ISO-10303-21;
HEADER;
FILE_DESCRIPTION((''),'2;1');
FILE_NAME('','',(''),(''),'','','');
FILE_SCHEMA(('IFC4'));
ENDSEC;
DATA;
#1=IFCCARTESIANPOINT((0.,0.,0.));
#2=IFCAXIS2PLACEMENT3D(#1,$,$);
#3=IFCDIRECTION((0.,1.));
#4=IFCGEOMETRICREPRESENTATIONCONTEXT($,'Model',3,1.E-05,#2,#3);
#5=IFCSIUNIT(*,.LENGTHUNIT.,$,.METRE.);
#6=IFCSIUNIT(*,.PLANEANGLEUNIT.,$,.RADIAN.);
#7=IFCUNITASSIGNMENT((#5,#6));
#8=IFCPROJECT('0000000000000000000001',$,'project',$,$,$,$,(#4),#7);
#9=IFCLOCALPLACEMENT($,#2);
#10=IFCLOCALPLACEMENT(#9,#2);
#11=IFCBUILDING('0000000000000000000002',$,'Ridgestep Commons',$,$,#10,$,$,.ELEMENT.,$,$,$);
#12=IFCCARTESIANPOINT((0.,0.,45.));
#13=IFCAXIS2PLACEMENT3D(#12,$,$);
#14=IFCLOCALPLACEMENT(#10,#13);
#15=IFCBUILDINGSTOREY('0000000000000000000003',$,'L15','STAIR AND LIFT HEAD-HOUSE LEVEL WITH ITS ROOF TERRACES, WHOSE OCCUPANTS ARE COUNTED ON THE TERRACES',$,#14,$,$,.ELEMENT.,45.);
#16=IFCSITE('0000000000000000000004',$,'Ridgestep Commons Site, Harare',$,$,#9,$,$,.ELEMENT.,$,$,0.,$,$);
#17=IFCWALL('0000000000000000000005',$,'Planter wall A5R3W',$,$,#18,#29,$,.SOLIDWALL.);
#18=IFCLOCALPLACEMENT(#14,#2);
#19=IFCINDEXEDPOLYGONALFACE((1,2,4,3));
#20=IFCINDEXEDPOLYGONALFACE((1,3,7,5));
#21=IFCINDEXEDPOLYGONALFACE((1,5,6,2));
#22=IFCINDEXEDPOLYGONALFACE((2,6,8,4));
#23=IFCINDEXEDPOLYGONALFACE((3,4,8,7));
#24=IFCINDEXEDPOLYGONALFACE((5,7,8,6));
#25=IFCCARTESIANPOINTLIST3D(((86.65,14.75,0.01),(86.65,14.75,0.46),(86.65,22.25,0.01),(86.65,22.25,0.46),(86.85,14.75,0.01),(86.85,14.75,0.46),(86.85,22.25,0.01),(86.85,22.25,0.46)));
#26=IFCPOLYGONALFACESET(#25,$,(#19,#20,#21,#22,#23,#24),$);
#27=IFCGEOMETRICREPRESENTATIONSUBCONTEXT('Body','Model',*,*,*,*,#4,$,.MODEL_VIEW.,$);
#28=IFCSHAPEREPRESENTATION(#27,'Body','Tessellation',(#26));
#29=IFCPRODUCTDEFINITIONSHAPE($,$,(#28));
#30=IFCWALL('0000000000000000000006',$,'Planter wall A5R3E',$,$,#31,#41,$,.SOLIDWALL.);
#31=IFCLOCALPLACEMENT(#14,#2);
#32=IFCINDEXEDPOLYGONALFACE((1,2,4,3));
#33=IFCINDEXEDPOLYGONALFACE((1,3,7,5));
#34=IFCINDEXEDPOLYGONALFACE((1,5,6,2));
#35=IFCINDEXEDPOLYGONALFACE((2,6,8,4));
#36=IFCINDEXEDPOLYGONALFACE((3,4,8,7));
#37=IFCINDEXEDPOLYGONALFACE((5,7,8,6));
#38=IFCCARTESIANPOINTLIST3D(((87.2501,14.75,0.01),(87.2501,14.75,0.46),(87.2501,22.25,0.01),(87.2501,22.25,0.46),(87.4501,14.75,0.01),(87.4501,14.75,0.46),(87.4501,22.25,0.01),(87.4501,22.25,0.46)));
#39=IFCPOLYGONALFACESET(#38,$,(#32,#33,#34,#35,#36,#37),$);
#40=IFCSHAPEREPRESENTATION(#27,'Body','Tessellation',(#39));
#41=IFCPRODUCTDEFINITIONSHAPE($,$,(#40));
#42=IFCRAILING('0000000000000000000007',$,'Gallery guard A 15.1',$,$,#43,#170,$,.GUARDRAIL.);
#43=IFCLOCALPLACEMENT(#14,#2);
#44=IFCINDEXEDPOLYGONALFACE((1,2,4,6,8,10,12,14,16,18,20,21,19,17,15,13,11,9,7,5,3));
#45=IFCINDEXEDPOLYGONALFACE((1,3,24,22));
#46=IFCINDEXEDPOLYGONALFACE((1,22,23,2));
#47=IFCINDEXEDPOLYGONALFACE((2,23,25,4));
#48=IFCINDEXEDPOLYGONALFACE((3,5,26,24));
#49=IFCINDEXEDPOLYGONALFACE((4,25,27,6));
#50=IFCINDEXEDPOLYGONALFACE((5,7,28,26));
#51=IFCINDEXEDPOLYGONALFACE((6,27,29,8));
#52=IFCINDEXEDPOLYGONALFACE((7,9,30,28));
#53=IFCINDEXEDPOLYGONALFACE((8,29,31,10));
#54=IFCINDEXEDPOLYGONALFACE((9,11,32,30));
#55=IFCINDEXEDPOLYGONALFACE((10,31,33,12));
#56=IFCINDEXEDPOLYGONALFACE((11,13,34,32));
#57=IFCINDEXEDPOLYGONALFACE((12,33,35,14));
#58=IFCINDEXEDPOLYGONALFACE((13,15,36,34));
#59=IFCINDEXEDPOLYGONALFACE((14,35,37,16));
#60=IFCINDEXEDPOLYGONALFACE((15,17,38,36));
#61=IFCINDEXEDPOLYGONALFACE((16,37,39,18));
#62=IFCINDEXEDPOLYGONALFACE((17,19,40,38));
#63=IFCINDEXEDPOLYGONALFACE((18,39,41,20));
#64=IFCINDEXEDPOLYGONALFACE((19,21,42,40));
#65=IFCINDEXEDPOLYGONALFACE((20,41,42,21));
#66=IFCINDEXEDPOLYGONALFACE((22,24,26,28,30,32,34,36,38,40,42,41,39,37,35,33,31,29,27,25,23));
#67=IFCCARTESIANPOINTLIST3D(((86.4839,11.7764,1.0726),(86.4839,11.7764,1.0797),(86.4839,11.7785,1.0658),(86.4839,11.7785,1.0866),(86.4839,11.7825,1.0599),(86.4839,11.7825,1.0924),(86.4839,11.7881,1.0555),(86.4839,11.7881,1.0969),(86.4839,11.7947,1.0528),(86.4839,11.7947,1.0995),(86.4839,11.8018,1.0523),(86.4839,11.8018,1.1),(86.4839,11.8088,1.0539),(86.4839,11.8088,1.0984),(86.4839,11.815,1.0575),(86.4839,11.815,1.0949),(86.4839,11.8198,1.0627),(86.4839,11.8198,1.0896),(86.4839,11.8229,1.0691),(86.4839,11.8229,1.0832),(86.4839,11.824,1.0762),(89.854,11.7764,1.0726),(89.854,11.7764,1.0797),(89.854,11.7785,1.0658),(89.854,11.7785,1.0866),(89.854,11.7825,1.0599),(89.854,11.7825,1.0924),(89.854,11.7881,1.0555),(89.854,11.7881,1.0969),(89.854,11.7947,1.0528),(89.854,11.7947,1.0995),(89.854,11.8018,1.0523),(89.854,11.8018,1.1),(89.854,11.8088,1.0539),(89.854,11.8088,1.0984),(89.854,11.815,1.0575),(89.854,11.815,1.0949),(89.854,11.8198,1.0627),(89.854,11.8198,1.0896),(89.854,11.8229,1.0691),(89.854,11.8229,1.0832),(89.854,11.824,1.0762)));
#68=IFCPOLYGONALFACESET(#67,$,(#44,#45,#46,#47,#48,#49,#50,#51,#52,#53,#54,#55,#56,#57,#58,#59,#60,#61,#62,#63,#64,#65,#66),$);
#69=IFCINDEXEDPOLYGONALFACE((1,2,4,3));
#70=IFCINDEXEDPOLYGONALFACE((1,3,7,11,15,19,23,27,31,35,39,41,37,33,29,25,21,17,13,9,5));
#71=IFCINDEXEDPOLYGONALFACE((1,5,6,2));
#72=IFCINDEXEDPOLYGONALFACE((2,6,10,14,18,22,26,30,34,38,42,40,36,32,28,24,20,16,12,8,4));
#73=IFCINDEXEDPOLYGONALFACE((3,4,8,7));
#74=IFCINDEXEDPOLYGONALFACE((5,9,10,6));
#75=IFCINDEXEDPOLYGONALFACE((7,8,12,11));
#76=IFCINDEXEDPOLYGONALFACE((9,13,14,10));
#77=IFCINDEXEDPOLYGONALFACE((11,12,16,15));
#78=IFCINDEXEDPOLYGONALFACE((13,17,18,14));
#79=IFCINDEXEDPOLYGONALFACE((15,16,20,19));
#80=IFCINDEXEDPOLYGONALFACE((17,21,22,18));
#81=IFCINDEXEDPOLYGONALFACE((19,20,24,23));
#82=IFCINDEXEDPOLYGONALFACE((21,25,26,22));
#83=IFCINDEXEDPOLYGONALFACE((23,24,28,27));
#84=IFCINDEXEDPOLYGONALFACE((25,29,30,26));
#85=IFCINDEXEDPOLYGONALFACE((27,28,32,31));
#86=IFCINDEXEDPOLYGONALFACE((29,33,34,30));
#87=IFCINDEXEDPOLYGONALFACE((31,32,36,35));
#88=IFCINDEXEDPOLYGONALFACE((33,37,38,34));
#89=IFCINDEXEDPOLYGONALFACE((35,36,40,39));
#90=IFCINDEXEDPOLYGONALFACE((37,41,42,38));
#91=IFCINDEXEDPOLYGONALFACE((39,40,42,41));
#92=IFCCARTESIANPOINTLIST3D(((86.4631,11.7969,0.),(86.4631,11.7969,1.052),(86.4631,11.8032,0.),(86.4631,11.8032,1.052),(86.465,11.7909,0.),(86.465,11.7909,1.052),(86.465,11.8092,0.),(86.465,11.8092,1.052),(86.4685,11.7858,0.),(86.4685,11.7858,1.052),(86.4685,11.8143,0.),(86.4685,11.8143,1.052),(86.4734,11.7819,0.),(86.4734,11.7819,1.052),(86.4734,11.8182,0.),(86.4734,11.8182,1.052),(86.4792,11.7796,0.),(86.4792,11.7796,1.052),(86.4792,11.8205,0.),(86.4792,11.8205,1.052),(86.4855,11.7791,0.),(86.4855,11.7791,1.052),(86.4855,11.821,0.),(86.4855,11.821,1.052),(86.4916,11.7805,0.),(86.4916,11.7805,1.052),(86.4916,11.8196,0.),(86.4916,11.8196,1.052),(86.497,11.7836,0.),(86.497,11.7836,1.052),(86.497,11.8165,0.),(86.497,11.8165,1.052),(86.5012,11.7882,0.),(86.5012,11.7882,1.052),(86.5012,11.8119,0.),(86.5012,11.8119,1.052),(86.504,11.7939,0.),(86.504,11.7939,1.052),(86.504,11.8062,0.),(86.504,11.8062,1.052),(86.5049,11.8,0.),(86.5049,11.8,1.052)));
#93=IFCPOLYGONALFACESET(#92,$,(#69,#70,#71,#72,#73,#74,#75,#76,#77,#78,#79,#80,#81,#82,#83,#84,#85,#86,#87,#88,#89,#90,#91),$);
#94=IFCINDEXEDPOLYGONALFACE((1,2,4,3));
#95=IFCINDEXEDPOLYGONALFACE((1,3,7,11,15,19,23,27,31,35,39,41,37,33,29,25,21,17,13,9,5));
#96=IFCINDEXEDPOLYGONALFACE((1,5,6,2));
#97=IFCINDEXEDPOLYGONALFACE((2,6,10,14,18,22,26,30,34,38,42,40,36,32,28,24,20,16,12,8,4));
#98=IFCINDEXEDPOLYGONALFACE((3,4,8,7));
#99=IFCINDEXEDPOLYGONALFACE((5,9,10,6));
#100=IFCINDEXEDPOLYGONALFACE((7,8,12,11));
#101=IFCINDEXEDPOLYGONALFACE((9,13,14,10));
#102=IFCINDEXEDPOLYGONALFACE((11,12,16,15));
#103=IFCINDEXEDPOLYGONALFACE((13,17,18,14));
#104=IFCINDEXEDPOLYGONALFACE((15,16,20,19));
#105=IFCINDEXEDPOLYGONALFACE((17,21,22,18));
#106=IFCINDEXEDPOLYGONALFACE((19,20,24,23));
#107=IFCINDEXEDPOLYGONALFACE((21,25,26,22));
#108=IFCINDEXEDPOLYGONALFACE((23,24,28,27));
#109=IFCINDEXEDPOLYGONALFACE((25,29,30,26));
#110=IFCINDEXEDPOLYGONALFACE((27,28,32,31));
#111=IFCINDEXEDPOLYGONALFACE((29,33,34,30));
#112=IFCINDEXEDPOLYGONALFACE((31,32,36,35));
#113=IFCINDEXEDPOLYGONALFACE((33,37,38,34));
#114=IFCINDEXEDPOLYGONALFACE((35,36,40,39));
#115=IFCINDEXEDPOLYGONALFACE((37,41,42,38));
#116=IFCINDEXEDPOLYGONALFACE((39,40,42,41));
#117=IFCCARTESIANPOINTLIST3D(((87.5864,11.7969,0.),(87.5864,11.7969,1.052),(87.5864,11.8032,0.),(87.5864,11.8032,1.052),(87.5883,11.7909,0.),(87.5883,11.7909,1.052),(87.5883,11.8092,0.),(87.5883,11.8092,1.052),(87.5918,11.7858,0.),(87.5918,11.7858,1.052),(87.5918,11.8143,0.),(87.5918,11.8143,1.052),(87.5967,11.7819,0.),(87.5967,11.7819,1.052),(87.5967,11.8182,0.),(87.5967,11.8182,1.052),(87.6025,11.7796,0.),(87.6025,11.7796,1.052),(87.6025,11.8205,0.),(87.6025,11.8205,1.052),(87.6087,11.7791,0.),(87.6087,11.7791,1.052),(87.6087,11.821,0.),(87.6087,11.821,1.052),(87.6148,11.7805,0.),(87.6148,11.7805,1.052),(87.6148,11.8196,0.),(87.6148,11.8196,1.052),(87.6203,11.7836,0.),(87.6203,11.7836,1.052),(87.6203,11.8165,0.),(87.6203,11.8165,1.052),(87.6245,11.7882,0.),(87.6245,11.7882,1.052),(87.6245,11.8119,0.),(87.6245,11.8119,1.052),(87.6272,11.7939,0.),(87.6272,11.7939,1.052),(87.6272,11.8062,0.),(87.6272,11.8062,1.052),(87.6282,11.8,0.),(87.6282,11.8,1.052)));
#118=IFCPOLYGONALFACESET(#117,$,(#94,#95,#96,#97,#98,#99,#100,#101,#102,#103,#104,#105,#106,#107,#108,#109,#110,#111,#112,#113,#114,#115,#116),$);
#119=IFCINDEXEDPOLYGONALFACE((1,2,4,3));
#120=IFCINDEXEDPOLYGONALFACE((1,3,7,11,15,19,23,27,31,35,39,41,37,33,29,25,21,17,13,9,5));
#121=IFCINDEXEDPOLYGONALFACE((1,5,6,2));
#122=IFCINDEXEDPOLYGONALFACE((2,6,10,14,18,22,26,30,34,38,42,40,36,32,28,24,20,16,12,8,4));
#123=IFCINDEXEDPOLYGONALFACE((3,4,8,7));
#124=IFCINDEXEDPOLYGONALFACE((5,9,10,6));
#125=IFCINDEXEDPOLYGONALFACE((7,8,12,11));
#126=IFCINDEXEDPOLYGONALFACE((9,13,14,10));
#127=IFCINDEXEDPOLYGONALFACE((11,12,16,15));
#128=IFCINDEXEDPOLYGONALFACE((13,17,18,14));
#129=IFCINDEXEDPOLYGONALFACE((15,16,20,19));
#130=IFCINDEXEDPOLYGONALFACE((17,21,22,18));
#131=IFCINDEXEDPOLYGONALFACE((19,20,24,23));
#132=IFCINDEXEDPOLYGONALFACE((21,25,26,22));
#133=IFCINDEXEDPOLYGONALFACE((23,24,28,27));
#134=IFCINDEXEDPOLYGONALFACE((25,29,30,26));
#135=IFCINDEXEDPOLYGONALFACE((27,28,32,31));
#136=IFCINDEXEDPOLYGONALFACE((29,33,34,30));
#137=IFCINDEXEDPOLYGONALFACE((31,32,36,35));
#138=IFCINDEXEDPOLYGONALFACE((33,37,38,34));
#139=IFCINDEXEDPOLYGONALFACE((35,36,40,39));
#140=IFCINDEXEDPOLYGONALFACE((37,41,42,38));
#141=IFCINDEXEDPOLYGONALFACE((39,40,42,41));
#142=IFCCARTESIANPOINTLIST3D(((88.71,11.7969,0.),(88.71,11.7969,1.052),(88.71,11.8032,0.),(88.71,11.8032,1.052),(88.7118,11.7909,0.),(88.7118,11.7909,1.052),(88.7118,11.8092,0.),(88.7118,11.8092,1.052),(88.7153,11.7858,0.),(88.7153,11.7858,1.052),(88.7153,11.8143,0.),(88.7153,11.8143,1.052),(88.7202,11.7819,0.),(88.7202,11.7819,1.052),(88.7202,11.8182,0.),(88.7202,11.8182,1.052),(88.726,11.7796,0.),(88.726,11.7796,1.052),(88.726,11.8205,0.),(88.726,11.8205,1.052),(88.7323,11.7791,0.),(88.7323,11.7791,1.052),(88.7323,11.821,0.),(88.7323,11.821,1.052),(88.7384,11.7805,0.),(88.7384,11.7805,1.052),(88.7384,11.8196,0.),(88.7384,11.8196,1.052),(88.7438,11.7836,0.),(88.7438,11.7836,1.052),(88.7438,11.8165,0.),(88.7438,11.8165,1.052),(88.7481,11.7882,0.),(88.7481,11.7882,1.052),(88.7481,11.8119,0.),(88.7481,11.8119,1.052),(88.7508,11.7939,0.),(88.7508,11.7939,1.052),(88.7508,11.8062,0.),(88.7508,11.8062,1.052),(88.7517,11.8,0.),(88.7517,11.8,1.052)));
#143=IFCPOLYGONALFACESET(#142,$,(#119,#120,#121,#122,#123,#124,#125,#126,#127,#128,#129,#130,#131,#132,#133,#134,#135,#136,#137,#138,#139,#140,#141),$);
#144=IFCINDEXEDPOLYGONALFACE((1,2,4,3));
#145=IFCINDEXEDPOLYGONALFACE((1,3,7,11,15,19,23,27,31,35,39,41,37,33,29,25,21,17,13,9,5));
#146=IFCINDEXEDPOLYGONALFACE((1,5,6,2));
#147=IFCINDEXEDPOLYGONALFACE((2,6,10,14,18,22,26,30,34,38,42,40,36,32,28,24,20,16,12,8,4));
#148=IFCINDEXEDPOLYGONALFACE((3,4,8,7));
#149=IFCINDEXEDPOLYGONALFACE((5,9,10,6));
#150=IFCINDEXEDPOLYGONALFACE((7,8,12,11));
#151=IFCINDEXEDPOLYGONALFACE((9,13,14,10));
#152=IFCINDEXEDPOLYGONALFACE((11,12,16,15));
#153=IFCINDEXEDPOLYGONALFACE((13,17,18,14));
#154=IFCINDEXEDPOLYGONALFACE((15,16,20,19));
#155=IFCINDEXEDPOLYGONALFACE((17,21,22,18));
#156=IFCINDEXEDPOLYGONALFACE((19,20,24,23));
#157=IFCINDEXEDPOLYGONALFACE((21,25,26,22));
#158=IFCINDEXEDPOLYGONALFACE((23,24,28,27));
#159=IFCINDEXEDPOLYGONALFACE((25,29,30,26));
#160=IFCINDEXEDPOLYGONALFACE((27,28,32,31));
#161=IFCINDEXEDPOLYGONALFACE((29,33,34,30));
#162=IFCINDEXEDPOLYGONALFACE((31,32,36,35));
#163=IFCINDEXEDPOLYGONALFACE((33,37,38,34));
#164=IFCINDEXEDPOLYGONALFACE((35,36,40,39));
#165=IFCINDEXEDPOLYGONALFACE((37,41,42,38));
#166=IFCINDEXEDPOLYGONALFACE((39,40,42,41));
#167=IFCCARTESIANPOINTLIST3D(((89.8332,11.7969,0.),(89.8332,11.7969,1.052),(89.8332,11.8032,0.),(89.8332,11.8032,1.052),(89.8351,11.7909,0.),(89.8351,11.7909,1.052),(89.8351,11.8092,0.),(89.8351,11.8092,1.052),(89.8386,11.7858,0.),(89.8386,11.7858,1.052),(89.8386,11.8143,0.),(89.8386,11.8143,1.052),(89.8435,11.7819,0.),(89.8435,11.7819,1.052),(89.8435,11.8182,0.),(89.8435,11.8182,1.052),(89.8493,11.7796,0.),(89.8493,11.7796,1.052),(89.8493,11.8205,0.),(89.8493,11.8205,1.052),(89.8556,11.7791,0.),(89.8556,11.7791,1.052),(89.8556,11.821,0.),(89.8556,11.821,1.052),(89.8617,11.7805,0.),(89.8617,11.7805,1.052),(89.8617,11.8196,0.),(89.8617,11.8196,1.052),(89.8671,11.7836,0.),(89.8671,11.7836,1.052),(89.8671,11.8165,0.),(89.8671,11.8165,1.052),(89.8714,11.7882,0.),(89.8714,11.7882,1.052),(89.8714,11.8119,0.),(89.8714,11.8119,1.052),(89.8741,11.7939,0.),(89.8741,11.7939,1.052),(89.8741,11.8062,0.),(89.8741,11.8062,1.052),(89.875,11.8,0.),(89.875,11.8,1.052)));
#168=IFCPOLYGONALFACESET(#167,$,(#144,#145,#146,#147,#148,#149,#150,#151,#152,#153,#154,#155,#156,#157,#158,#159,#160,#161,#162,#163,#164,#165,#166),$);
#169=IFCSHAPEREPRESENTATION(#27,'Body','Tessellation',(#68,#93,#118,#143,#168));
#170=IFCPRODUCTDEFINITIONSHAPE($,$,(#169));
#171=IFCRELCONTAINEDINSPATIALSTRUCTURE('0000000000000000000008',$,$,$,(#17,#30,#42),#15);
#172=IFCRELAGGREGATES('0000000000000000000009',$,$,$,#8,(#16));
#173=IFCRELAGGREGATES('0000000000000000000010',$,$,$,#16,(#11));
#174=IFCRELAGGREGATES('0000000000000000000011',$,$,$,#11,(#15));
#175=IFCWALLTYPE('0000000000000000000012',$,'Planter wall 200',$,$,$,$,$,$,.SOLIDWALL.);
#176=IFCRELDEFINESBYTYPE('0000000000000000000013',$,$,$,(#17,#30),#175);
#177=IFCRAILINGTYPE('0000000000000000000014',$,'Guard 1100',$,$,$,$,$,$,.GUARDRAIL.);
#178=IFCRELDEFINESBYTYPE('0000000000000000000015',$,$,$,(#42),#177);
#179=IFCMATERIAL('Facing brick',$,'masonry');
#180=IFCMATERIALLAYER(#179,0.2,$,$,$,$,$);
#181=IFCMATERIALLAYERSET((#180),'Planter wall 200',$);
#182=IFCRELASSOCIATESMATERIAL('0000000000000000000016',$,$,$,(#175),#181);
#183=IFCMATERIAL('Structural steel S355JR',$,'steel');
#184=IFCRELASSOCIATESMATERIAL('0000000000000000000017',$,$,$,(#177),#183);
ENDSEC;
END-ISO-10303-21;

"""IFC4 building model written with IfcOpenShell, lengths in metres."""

from ifc_helpers import new_model, si_unit, direction, frame, frame_2d, origin, origin_2d, place, context, subcontext, project, spatial, rectangle, circle, extrude, material, layer, layer_set, type_object, element, save


model = new_model("IFC4")

# Units and contexts
model_context = context("Model", 3, precision=1e-05, world=origin(), true_north=direction((0.0, 1.0)))
body_context = subcontext(model_context, "Body", "Model", "MODEL_VIEW")
ifc_project = project(units=[si_unit("LENGTHUNIT", "METRE"), si_unit("PLANEANGLEUNIT", "RADIAN")], contexts=[model_context])

# Site, building, storey
site_placement = place(None, origin())
site = spatial("IfcSite", under=ifc_project, at=site_placement, Name="Ridgestep Commons Site, Harare", CompositionType="ELEMENT", RefElevation=0.0)
building_placement = place(site_placement, origin())
building = spatial("IfcBuilding", under=site, at=building_placement, Name="Ridgestep Commons", CompositionType="ELEMENT")
storey_placement = place(building_placement, frame((0.0, 0.0, 45.0)))
storey = spatial("IfcBuildingStorey", under=building, at=storey_placement, Name="L15", Description="STAIR AND LIFT HEAD-HOUSE LEVEL WITH ITS ROOF TERRACES, WHOSE OCCUPANTS ARE COUNTED ON THE TERRACES", CompositionType="ELEMENT", Elevation=45.0)

# Walls
ifc_material_1 = material(Name="Facing brick", Category="masonry")
ifc_layer_1 = layer(ifc_material_1, 0.2)
ifc_layer_set_1 = layer_set([ifc_layer_1], Name="Planter wall 200")
wall_type_1 = type_object("IfcWallType", Name="Planter wall 200", PredefinedType="SOLIDWALL", material=ifc_layer_set_1)
for number, where, z_axis, x_axis, name in (
    (1, (86.75, 14.75, 0.01), (0.0, 0.0, 1.0), (0.0, 1.0, 0.0), "Planter wall A5R3W"),
    (2, (87.3501, 14.75, 0.01), (0.0, 0.0, 1.0), (0.0, 1.0, 0.0), "Planter wall A5R3E"),
):
    element("IfcWall", number, at=place(storey_placement, frame(where, z_axis=z_axis, x_axis=x_axis)), inside=storey, type_object=wall_type_1, Name=name, PredefinedType="SOLIDWALL", context=body_context, shape_type="SweptSolid", body=[
        extrude(rectangle(XDim=7.5, YDim=0.2, at=frame_2d((3.75, 0.0))), origin(), (0.0, 0.0, 1.0), 0.45),
    ])

# Railing
ifc_material_2 = material(Name="Structural steel S355JR", Category="steel")
railing_type = type_object("IfcRailingType", Name="Guard 1100", PredefinedType="GUARDRAIL", material=ifc_material_2)
railing_1_placement = place(storey_placement, frame((86.4839, 11.8, 0.0)))
element("IfcRailing", 3, at=railing_1_placement, inside=storey, type_object=railing_type, Name="Gallery guard A 15.1", PredefinedType="GUARDRAIL", context=body_context, shape_type="SweptSolid", body=[
    extrude(circle(Radius=0.0239, at=origin_2d()), frame((0.0, 0.0, 1.0762), z_axis=(1.0, 0.0, 0.0), x_axis=(0.0, 1.0, 0.0)), (0.0, 0.0, 1.0), 3.3701),
    extrude(circle(Radius=0.021, at=origin_2d()), origin(), (0.0, 0.0, 1.0), 1.052),
    extrude(circle(Radius=0.021, at=origin_2d()), frame((1.1233, 0.0, 0.0)), (0.0, 0.0, 1.0), 1.052),
    extrude(circle(Radius=0.021, at=origin_2d()), frame((2.2468, 0.0, 0.0)), (0.0, 0.0, 1.0), 1.052),
    extrude(circle(Radius=0.021, at=origin_2d()), frame((3.3701, 0.0, 0.0)), (0.0, 0.0, 1.0), 1.052),
])

save(model, "model.ifc")
